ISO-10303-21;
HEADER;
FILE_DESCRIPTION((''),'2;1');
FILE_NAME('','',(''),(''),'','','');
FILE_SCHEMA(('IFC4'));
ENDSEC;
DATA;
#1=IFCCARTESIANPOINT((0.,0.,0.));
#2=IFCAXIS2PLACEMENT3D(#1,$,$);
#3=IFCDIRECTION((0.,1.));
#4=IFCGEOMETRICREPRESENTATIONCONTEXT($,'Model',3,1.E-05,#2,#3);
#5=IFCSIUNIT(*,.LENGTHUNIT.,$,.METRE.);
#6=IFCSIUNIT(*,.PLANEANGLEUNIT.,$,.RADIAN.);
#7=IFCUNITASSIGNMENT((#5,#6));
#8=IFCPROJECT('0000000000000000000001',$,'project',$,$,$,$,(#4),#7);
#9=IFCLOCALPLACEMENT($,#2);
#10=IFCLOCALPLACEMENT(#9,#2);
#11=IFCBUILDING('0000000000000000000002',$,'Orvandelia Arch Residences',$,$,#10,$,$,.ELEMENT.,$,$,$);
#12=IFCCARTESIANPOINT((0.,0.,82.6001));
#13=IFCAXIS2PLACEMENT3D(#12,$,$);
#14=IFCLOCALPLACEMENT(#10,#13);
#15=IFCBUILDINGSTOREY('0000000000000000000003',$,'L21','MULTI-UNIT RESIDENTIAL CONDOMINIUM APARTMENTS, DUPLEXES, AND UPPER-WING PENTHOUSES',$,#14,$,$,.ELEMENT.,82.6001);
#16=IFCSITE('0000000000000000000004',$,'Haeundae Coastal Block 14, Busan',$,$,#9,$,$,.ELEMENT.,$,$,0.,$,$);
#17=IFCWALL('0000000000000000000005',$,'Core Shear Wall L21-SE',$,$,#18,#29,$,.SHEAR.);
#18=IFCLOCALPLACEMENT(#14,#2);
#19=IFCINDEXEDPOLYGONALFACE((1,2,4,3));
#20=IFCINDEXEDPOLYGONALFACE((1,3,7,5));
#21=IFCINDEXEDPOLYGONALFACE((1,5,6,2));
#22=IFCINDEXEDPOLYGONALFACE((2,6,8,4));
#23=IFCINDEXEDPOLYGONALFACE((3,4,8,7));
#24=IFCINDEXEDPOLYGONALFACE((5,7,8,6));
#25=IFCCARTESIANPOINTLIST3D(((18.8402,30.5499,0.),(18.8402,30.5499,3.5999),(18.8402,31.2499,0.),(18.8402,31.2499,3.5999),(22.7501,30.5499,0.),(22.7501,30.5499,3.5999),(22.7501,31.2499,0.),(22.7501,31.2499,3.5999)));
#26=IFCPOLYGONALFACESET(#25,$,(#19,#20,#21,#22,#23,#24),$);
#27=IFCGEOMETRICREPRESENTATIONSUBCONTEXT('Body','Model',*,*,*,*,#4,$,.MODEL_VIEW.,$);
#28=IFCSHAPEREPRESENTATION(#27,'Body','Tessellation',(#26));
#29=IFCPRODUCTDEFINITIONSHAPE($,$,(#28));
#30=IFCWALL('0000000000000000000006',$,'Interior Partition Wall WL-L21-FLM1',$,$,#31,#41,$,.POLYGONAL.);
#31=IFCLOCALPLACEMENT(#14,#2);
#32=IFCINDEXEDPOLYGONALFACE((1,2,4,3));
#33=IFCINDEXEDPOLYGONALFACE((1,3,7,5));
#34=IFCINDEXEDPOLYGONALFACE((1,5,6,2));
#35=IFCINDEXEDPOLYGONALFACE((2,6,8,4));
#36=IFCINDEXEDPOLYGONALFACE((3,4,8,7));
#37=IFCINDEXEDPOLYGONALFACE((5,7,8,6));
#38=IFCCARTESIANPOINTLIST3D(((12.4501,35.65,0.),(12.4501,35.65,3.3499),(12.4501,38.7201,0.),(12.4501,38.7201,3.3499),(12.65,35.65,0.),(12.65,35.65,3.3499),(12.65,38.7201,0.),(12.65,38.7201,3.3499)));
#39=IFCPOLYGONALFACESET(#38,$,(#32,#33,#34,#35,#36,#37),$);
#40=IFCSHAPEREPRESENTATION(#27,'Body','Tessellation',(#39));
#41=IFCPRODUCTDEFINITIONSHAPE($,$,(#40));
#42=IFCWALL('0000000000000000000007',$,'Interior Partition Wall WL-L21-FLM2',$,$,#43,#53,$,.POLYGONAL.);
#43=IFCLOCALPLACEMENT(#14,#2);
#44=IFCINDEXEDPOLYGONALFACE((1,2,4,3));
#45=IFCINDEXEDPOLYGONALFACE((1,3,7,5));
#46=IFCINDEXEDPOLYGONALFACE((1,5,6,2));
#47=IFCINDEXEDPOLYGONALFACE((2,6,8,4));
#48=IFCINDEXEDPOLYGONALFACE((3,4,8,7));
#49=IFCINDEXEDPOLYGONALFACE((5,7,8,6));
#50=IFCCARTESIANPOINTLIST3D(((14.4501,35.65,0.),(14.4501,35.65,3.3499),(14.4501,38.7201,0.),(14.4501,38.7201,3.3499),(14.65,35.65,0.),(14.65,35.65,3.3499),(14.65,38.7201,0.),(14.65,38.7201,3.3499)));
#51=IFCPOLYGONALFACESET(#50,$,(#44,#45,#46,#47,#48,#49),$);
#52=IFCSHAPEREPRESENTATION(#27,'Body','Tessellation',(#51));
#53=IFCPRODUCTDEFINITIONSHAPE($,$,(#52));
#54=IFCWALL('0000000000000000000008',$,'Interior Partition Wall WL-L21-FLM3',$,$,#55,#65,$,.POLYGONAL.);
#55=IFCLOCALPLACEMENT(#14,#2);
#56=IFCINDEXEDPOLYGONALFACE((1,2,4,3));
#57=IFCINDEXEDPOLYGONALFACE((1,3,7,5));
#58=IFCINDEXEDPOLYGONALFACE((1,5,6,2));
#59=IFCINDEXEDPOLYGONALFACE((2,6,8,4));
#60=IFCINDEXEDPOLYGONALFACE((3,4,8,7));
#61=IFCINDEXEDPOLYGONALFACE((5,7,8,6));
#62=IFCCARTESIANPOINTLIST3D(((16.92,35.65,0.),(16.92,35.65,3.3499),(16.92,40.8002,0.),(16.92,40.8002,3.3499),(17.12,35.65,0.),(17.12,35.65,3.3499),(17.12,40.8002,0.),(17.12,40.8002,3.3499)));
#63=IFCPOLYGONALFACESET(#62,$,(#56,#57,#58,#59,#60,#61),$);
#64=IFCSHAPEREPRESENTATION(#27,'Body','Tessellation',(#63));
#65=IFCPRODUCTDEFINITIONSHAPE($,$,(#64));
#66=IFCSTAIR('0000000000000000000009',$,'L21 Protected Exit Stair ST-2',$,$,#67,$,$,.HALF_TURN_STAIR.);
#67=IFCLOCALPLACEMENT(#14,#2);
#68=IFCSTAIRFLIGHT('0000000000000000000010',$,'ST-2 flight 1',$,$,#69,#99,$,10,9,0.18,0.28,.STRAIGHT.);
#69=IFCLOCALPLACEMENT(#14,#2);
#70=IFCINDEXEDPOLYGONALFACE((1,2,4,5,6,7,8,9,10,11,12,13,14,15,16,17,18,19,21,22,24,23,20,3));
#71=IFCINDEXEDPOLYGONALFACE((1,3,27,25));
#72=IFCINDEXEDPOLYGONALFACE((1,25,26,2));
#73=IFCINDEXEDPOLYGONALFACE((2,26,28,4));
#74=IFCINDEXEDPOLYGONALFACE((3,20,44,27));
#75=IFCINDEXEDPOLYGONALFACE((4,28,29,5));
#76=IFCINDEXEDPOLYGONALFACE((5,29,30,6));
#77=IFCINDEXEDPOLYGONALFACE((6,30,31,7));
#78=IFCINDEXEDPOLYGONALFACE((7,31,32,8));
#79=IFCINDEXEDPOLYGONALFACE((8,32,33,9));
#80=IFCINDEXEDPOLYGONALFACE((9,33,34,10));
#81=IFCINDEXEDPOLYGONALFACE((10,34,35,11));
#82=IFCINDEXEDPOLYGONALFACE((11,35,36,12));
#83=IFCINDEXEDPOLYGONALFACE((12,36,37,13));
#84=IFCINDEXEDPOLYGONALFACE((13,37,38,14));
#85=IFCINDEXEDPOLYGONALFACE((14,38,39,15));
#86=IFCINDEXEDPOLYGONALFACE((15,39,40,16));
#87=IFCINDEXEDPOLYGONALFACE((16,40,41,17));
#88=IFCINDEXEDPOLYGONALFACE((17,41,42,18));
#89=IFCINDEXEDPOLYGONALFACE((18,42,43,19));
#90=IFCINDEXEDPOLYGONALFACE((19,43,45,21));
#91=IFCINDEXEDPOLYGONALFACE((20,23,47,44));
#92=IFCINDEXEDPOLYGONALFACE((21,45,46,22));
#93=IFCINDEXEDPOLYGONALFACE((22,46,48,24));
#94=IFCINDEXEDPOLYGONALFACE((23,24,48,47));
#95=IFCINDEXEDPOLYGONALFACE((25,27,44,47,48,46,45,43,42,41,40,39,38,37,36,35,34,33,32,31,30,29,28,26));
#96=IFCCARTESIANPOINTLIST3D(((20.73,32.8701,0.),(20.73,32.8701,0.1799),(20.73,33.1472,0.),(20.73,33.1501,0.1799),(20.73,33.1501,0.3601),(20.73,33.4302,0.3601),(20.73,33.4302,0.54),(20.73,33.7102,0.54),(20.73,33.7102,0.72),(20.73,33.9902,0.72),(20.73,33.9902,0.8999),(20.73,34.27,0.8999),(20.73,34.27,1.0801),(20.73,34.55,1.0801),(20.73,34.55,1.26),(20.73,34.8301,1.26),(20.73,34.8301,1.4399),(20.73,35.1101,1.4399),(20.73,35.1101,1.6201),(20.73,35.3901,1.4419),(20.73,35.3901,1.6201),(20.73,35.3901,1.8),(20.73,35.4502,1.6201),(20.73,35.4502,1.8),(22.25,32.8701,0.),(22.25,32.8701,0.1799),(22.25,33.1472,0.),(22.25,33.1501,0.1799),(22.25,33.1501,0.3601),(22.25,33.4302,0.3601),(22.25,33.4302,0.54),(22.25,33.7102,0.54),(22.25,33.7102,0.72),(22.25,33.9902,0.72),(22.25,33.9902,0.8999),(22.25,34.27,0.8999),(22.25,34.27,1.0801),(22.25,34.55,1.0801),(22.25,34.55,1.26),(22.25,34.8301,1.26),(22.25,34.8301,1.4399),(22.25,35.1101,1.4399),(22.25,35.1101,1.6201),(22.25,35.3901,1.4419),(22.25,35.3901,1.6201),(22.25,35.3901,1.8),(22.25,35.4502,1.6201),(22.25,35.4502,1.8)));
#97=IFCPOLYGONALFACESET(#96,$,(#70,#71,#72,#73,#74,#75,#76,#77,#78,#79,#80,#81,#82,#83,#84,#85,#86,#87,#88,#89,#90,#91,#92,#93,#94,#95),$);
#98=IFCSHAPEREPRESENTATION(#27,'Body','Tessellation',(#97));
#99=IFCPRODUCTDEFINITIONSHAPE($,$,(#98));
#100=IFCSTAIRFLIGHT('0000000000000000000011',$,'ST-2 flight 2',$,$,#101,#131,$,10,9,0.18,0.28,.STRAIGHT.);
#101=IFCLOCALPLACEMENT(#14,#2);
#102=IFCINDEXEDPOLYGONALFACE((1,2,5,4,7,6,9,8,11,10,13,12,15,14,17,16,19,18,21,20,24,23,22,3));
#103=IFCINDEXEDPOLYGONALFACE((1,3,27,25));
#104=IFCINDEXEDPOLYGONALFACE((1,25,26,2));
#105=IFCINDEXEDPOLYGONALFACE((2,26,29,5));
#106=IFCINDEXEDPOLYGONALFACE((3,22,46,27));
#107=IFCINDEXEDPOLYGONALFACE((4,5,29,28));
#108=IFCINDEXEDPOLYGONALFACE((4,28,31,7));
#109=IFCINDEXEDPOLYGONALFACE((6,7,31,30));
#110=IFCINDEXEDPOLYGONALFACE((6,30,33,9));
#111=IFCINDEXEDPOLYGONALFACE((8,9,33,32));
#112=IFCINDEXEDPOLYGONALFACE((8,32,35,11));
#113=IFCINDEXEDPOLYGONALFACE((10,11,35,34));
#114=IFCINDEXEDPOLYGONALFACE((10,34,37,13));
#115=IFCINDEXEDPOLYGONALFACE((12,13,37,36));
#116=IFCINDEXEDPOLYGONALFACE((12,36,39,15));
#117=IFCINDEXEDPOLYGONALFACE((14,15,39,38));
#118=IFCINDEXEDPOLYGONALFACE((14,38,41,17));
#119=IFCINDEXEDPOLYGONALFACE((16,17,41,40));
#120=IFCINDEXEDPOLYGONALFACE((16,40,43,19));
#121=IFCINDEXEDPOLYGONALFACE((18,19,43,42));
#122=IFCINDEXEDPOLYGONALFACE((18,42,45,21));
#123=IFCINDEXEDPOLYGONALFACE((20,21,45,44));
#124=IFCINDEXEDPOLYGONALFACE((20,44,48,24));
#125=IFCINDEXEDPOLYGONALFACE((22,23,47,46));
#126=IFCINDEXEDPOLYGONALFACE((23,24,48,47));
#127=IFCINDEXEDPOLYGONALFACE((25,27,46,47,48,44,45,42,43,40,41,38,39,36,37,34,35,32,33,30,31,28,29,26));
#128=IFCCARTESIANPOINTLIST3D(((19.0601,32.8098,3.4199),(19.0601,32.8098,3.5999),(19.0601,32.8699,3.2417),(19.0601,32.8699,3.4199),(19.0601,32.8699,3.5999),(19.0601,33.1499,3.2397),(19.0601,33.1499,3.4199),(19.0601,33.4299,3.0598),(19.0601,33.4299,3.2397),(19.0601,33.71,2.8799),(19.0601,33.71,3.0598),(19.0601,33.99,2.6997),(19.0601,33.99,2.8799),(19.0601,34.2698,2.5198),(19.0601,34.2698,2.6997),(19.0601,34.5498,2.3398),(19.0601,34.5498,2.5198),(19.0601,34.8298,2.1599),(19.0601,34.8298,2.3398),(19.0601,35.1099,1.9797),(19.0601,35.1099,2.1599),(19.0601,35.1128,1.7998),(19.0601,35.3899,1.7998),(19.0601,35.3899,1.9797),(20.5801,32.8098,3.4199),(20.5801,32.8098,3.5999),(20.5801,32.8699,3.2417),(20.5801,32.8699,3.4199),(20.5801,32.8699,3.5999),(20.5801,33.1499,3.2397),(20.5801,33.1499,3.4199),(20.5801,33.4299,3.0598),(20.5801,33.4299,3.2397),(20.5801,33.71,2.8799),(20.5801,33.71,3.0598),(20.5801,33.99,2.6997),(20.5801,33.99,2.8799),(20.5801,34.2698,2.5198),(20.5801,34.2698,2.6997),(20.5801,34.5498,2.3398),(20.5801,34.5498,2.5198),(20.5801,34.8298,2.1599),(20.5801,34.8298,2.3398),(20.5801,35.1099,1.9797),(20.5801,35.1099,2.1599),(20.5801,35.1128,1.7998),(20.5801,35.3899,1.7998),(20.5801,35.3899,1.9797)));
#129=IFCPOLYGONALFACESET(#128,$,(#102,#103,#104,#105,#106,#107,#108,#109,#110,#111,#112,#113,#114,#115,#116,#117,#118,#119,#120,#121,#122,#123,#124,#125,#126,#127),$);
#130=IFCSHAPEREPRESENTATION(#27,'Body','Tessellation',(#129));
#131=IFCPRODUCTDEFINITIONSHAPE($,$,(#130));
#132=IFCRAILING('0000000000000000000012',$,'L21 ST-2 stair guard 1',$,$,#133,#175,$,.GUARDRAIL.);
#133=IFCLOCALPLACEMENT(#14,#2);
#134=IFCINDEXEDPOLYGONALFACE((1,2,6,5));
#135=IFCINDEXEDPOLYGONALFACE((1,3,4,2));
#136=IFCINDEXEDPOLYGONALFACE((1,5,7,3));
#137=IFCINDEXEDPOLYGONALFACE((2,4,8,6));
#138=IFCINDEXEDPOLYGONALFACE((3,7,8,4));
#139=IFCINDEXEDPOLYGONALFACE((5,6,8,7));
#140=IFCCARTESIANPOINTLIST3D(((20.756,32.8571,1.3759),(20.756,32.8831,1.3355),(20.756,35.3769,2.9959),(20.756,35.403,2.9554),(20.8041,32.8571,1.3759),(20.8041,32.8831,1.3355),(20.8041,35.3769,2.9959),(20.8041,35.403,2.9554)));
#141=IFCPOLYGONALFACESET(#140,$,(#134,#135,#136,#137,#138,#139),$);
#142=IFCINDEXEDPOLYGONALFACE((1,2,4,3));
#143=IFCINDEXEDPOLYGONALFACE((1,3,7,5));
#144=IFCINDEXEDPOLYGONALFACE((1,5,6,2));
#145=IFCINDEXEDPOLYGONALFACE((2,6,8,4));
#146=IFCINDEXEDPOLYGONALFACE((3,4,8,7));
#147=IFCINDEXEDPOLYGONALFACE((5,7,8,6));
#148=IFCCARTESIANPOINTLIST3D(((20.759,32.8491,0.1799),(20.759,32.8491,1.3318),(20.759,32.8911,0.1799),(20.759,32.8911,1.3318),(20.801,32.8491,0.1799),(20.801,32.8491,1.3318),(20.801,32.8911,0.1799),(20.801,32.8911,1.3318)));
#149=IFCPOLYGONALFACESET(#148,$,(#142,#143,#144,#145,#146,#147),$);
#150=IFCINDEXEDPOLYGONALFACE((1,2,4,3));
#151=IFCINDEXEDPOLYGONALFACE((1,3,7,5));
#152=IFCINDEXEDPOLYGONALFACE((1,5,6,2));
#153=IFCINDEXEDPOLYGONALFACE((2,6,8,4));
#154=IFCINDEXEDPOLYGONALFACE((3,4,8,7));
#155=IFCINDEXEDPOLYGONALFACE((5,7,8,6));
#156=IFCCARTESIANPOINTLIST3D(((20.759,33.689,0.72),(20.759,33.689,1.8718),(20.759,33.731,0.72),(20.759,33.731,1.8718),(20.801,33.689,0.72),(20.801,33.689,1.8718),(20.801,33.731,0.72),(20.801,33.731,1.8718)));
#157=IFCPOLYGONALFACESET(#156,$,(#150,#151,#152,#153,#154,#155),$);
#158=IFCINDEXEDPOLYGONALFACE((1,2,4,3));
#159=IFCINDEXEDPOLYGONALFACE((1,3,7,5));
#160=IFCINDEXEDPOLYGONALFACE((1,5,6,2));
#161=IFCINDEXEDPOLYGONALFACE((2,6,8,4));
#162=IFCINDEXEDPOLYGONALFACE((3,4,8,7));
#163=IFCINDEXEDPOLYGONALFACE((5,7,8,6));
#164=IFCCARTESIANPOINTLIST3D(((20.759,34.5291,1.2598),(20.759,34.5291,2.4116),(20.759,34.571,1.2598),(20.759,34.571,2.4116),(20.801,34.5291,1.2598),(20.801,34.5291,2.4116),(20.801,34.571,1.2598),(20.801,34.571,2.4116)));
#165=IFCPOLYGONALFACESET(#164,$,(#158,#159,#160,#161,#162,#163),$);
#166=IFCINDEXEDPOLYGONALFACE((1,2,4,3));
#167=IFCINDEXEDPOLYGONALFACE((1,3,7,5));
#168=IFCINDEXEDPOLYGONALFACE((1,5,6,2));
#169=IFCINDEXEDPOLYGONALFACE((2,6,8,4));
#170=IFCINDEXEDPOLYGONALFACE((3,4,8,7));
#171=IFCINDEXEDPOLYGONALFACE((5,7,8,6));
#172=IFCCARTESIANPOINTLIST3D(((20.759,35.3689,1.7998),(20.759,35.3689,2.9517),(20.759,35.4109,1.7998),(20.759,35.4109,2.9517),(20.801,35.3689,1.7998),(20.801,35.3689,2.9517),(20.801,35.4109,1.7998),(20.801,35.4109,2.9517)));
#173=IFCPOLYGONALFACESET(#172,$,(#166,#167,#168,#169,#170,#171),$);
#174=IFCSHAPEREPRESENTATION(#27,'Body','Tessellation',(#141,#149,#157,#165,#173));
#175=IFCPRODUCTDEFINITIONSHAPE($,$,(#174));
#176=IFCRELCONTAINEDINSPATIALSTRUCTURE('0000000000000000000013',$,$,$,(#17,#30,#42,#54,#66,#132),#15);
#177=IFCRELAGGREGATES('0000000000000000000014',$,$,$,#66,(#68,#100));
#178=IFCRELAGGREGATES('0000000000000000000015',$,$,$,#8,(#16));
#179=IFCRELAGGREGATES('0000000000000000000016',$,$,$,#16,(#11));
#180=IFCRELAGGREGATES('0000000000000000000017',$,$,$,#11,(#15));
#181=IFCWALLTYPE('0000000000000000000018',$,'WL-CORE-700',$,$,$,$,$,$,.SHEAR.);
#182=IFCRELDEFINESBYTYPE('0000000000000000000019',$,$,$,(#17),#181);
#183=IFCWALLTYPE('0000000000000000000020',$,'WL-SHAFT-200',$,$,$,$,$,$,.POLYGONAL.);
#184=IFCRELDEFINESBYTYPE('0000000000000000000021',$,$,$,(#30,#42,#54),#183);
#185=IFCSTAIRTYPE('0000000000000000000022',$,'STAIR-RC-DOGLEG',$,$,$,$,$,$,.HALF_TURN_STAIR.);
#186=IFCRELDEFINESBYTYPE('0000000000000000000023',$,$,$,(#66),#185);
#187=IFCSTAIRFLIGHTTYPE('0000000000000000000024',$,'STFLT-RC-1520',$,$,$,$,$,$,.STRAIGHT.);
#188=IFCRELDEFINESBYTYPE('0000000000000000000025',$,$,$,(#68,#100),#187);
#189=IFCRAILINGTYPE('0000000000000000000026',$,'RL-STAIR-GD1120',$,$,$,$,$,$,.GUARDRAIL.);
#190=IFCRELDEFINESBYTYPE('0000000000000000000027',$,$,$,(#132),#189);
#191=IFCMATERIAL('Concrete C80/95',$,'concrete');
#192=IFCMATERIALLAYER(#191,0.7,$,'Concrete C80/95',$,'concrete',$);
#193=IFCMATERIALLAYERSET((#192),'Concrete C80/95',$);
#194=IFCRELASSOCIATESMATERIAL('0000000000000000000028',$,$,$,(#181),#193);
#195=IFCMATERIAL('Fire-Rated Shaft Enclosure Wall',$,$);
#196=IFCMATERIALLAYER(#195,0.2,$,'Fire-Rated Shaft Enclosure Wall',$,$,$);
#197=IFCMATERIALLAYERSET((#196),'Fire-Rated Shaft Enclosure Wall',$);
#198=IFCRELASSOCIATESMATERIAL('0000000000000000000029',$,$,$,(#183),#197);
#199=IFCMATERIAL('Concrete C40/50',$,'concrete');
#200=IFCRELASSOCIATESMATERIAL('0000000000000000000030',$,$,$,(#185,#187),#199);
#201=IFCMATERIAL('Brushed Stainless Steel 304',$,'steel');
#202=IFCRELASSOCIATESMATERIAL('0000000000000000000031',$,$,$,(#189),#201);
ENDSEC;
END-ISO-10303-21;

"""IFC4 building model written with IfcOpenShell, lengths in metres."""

from ifc_helpers import new_model, si_unit, direction, frame, frame_2d, origin, origin_2d, place, context, subcontext, project, spatial, polyline, rectangle, outline, extrude, material, layer, layer_set, type_object, element, aggregate, save


model = new_model("IFC4")

# Units and contexts
model_context = context("Model", 3, precision=1e-05, world=origin(), true_north=direction((0.0, 1.0)))
body_context = subcontext(model_context, "Body", "Model", "MODEL_VIEW")
ifc_project = project(units=[si_unit("LENGTHUNIT", "METRE"), si_unit("PLANEANGLEUNIT", "RADIAN")], contexts=[model_context])

# Site, building, storey
site_placement = place(None, origin())
site = spatial("IfcSite", under=ifc_project, at=site_placement, Name="Haeundae Coastal Block 14, Busan", CompositionType="ELEMENT", RefElevation=0.0)
building_placement = place(site_placement, origin())
building = spatial("IfcBuilding", under=site, at=building_placement, Name="Orvandelia Arch Residences", CompositionType="ELEMENT")
storey_placement = place(building_placement, frame((0.0, 0.0, 82.6001)))
storey = spatial("IfcBuildingStorey", under=building, at=storey_placement, Name="L21", Description="MULTI-UNIT RESIDENTIAL CONDOMINIUM APARTMENTS, DUPLEXES, AND UPPER-WING PENTHOUSES", CompositionType="ELEMENT", Elevation=82.6001)

# Shared definitions
ifc_material_1 = material(Name="Concrete C80/95", Category="concrete")

# Shared definitions
ifc_layer_1 = layer(ifc_material_1, 0.7, Name="Concrete C80/95", Category="concrete")
ifc_layer_set_1 = layer_set([ifc_layer_1], Name="Concrete C80/95")
wall_type_1 = type_object("IfcWallType", Name="WL-CORE-700", PredefinedType="SHEAR", material=ifc_layer_set_1)

# Walls
wall_1_placement = place(storey_placement, frame((18.8401, 30.8999, 0.0), z_axis=(0.0, 0.0, 1.0), x_axis=(1.0, 0.0, 0.0)))
element("IfcWall", 1, at=wall_1_placement, inside=storey, type_object=wall_type_1, Name="Core Shear Wall L21-SE", PredefinedType="SHEAR", context=body_context, shape_type="SweptSolid", body=[
    extrude(rectangle(XDim=3.9099, YDim=0.7, at=frame_2d((1.9551, 0.0))), origin(), (0.0, 0.0, 1.0), 3.5999),
])
ifc_material_2 = material(Name="Fire-Rated Shaft Enclosure Wall")
ifc_layer_2 = layer(ifc_material_2, 0.2, Name="Fire-Rated Shaft Enclosure Wall")
ifc_layer_set_2 = layer_set([ifc_layer_2], Name="Fire-Rated Shaft Enclosure Wall")
wall_type_2 = type_object("IfcWallType", Name="WL-SHAFT-200", PredefinedType="POLYGONAL", material=ifc_layer_set_2)
for number, where, z_axis, x_axis, name in (
    (2, (12.55, 35.6499, 0.0), (0.0, 0.0, 1.0), (0.0, 1.0, 0.0), "Interior Partition Wall WL-L21-FLM1"),
    (3, (14.55, 35.6499, 0.0), (0.0, 0.0, 1.0), (0.0, 1.0, 0.0), "Interior Partition Wall WL-L21-FLM2"),
):
    element("IfcWall", number, at=place(storey_placement, frame(where, z_axis=z_axis, x_axis=x_axis)), inside=storey, type_object=wall_type_2, Name=name, PredefinedType="POLYGONAL", context=body_context, shape_type="SweptSolid", body=[
        extrude(rectangle(XDim=3.0701, YDim=0.2, at=frame_2d((1.5352, 0.0))), origin(), (0.0, 0.0, 1.0), 3.3499),
    ])
wall_2_placement = place(storey_placement, frame((17.02, 35.6499, 0.0), z_axis=(0.0, 0.0, 1.0), x_axis=(0.0, 1.0, 0.0)))
element("IfcWall", 4, at=wall_2_placement, inside=storey, type_object=wall_type_2, Name="Interior Partition Wall WL-L21-FLM3", PredefinedType="POLYGONAL", context=body_context, shape_type="SweptSolid", body=[
    extrude(rectangle(XDim=5.1501, YDim=0.2, at=frame_2d((2.5752, 0.0))), origin(), (0.0, 0.0, 1.0), 3.3499),
])

# Stair, stair flights
ifc_material_3 = material(Name="Concrete C40/50", Category="concrete")
stair_type = type_object("IfcStairType", Name="STAIR-RC-DOGLEG", PredefinedType="HALF_TURN_STAIR", material=ifc_material_3)
stair_placement = place(storey_placement, origin())
stair = element("IfcStair", 5, at=stair_placement, inside=storey, type_object=stair_type, Name="L21 Protected Exit Stair ST-2", PredefinedType="HALF_TURN_STAIR")
stair_flight_type = type_object("IfcStairFlightType", Name="STFLT-RC-1520", PredefinedType="STRAIGHT", material=ifc_material_3)
stair_flight_1_placement = place(storey_placement, frame((21.49, 32.8701, 0.0), z_axis=(0.0, 0.0, 1.0), x_axis=(0.0, 1.0, 0.0)))
stair_flight_1 = element("IfcStairFlight", 6, at=stair_flight_1_placement, type_object=stair_flight_type, Name="ST-2 flight 1", NumberOfRisers=10, NumberOfTreads=9, PredefinedType="STRAIGHT", RiserHeight=0.18, TreadLength=0.28, context=body_context, shape_type="SweptSolid", body=[
    extrude(outline(polyline([(0.0, 0.0), (0.0, 0.1799), (0.28, 0.1799), (0.28, 0.3601), (0.5601, 0.3601), (0.5601, 0.54), (0.8401, 0.54), (0.8401, 0.72), (1.1201, 0.72), (1.1201, 0.8999), (1.3999, 0.8999), (1.3999, 1.0801), (1.6799, 1.0801), (1.6799, 1.26), (1.96, 1.26), (1.96, 1.4399), (2.24, 1.4399), (2.24, 1.6201), (2.52, 1.6201), (2.52, 1.8), (2.5801, 1.8), (2.5801, 1.6201), (2.52, 1.4419), (0.2771, 0.0), (0.0, 0.0)])), frame((0.0, 0.76, 0.0), z_axis=(0.0, -1.0, 0.0), x_axis=(1.0, 0.0, 0.0)), (0.0, 0.0, 1.0), 1.52),
])
stair_flight_2_placement = place(storey_placement, frame((19.8201, 35.3899, 1.7998), z_axis=(0.0, 0.0, 1.0), x_axis=(0.0, -1.0, 0.0)))
stair_flight_2 = element("IfcStairFlight", 7, at=stair_flight_2_placement, type_object=stair_flight_type, Name="ST-2 flight 2", NumberOfRisers=10, NumberOfTreads=9, PredefinedType="STRAIGHT", RiserHeight=0.18, TreadLength=0.28, context=body_context, shape_type="SweptSolid", body=[
    extrude(outline(polyline([(0.0, 0.0), (0.0, 0.1799), (0.28, 0.1799), (0.28, 0.3601), (0.5601, 0.3601), (0.5601, 0.54), (0.8401, 0.54), (0.8401, 0.72), (1.1201, 0.72), (1.1201, 0.8999), (1.3999, 0.8999), (1.3999, 1.0801), (1.6799, 1.0801), (1.6799, 1.26), (1.96, 1.26), (1.96, 1.4399), (2.24, 1.4399), (2.24, 1.6201), (2.52, 1.6201), (2.52, 1.8), (2.5801, 1.8), (2.5801, 1.6201), (2.52, 1.4419), (0.2771, 0.0), (0.0, 0.0)])), frame((0.0, 0.76, 0.0), z_axis=(0.0, -1.0, 0.0), x_axis=(1.0, 0.0, 0.0)), (0.0, 0.0, 1.0), 1.52),
])
aggregate(stair, [stair_flight_1, stair_flight_2])

# Railing
ifc_material_4 = material(Name="Brushed Stainless Steel 304", Category="steel")
railing_type_1 = type_object("IfcRailingType", Name="RL-STAIR-GD1120", PredefinedType="GUARDRAIL", material=ifc_material_4)
railing_1_placement = place(storey_placement, frame((20.78, 32.8701, 0.1799)))
element("IfcRailing", 8, at=railing_1_placement, inside=storey, type_object=railing_type_1, Name="L21 ST-2 stair guard 1", PredefinedType="GUARDRAIL", context=body_context, shape_type="SweptSolid", body=[
    extrude(rectangle(XDim=0.0481, YDim=0.0481, at=origin_2d()), frame((0.0, 0.0, 1.1758), z_axis=(0.0, 0.841176, 0.540762), x_axis=(-1.0, 0.0, 0.0)), (0.0, 0.0, 1.0), 2.9956),
    extrude(rectangle(XDim=0.042, YDim=0.042, at=origin_2d()), origin(), (0.0, 0.0, 1.0), 1.1519),
    extrude(rectangle(XDim=0.042, YDim=0.042, at=origin_2d()), frame((0.0, 0.8398, 0.54)), (0.0, 0.0, 1.0), 1.1519),
    extrude(rectangle(XDim=0.042, YDim=0.042, at=origin_2d()), frame((0.0, 1.6799, 1.0798)), (0.0, 0.0, 1.0), 1.1519),
    extrude(rectangle(XDim=0.042, YDim=0.042, at=origin_2d()), frame((0.0, 2.5198, 1.6199)), (0.0, 0.0, 1.0), 1.1519),
])

save(model, "model.ifc")
